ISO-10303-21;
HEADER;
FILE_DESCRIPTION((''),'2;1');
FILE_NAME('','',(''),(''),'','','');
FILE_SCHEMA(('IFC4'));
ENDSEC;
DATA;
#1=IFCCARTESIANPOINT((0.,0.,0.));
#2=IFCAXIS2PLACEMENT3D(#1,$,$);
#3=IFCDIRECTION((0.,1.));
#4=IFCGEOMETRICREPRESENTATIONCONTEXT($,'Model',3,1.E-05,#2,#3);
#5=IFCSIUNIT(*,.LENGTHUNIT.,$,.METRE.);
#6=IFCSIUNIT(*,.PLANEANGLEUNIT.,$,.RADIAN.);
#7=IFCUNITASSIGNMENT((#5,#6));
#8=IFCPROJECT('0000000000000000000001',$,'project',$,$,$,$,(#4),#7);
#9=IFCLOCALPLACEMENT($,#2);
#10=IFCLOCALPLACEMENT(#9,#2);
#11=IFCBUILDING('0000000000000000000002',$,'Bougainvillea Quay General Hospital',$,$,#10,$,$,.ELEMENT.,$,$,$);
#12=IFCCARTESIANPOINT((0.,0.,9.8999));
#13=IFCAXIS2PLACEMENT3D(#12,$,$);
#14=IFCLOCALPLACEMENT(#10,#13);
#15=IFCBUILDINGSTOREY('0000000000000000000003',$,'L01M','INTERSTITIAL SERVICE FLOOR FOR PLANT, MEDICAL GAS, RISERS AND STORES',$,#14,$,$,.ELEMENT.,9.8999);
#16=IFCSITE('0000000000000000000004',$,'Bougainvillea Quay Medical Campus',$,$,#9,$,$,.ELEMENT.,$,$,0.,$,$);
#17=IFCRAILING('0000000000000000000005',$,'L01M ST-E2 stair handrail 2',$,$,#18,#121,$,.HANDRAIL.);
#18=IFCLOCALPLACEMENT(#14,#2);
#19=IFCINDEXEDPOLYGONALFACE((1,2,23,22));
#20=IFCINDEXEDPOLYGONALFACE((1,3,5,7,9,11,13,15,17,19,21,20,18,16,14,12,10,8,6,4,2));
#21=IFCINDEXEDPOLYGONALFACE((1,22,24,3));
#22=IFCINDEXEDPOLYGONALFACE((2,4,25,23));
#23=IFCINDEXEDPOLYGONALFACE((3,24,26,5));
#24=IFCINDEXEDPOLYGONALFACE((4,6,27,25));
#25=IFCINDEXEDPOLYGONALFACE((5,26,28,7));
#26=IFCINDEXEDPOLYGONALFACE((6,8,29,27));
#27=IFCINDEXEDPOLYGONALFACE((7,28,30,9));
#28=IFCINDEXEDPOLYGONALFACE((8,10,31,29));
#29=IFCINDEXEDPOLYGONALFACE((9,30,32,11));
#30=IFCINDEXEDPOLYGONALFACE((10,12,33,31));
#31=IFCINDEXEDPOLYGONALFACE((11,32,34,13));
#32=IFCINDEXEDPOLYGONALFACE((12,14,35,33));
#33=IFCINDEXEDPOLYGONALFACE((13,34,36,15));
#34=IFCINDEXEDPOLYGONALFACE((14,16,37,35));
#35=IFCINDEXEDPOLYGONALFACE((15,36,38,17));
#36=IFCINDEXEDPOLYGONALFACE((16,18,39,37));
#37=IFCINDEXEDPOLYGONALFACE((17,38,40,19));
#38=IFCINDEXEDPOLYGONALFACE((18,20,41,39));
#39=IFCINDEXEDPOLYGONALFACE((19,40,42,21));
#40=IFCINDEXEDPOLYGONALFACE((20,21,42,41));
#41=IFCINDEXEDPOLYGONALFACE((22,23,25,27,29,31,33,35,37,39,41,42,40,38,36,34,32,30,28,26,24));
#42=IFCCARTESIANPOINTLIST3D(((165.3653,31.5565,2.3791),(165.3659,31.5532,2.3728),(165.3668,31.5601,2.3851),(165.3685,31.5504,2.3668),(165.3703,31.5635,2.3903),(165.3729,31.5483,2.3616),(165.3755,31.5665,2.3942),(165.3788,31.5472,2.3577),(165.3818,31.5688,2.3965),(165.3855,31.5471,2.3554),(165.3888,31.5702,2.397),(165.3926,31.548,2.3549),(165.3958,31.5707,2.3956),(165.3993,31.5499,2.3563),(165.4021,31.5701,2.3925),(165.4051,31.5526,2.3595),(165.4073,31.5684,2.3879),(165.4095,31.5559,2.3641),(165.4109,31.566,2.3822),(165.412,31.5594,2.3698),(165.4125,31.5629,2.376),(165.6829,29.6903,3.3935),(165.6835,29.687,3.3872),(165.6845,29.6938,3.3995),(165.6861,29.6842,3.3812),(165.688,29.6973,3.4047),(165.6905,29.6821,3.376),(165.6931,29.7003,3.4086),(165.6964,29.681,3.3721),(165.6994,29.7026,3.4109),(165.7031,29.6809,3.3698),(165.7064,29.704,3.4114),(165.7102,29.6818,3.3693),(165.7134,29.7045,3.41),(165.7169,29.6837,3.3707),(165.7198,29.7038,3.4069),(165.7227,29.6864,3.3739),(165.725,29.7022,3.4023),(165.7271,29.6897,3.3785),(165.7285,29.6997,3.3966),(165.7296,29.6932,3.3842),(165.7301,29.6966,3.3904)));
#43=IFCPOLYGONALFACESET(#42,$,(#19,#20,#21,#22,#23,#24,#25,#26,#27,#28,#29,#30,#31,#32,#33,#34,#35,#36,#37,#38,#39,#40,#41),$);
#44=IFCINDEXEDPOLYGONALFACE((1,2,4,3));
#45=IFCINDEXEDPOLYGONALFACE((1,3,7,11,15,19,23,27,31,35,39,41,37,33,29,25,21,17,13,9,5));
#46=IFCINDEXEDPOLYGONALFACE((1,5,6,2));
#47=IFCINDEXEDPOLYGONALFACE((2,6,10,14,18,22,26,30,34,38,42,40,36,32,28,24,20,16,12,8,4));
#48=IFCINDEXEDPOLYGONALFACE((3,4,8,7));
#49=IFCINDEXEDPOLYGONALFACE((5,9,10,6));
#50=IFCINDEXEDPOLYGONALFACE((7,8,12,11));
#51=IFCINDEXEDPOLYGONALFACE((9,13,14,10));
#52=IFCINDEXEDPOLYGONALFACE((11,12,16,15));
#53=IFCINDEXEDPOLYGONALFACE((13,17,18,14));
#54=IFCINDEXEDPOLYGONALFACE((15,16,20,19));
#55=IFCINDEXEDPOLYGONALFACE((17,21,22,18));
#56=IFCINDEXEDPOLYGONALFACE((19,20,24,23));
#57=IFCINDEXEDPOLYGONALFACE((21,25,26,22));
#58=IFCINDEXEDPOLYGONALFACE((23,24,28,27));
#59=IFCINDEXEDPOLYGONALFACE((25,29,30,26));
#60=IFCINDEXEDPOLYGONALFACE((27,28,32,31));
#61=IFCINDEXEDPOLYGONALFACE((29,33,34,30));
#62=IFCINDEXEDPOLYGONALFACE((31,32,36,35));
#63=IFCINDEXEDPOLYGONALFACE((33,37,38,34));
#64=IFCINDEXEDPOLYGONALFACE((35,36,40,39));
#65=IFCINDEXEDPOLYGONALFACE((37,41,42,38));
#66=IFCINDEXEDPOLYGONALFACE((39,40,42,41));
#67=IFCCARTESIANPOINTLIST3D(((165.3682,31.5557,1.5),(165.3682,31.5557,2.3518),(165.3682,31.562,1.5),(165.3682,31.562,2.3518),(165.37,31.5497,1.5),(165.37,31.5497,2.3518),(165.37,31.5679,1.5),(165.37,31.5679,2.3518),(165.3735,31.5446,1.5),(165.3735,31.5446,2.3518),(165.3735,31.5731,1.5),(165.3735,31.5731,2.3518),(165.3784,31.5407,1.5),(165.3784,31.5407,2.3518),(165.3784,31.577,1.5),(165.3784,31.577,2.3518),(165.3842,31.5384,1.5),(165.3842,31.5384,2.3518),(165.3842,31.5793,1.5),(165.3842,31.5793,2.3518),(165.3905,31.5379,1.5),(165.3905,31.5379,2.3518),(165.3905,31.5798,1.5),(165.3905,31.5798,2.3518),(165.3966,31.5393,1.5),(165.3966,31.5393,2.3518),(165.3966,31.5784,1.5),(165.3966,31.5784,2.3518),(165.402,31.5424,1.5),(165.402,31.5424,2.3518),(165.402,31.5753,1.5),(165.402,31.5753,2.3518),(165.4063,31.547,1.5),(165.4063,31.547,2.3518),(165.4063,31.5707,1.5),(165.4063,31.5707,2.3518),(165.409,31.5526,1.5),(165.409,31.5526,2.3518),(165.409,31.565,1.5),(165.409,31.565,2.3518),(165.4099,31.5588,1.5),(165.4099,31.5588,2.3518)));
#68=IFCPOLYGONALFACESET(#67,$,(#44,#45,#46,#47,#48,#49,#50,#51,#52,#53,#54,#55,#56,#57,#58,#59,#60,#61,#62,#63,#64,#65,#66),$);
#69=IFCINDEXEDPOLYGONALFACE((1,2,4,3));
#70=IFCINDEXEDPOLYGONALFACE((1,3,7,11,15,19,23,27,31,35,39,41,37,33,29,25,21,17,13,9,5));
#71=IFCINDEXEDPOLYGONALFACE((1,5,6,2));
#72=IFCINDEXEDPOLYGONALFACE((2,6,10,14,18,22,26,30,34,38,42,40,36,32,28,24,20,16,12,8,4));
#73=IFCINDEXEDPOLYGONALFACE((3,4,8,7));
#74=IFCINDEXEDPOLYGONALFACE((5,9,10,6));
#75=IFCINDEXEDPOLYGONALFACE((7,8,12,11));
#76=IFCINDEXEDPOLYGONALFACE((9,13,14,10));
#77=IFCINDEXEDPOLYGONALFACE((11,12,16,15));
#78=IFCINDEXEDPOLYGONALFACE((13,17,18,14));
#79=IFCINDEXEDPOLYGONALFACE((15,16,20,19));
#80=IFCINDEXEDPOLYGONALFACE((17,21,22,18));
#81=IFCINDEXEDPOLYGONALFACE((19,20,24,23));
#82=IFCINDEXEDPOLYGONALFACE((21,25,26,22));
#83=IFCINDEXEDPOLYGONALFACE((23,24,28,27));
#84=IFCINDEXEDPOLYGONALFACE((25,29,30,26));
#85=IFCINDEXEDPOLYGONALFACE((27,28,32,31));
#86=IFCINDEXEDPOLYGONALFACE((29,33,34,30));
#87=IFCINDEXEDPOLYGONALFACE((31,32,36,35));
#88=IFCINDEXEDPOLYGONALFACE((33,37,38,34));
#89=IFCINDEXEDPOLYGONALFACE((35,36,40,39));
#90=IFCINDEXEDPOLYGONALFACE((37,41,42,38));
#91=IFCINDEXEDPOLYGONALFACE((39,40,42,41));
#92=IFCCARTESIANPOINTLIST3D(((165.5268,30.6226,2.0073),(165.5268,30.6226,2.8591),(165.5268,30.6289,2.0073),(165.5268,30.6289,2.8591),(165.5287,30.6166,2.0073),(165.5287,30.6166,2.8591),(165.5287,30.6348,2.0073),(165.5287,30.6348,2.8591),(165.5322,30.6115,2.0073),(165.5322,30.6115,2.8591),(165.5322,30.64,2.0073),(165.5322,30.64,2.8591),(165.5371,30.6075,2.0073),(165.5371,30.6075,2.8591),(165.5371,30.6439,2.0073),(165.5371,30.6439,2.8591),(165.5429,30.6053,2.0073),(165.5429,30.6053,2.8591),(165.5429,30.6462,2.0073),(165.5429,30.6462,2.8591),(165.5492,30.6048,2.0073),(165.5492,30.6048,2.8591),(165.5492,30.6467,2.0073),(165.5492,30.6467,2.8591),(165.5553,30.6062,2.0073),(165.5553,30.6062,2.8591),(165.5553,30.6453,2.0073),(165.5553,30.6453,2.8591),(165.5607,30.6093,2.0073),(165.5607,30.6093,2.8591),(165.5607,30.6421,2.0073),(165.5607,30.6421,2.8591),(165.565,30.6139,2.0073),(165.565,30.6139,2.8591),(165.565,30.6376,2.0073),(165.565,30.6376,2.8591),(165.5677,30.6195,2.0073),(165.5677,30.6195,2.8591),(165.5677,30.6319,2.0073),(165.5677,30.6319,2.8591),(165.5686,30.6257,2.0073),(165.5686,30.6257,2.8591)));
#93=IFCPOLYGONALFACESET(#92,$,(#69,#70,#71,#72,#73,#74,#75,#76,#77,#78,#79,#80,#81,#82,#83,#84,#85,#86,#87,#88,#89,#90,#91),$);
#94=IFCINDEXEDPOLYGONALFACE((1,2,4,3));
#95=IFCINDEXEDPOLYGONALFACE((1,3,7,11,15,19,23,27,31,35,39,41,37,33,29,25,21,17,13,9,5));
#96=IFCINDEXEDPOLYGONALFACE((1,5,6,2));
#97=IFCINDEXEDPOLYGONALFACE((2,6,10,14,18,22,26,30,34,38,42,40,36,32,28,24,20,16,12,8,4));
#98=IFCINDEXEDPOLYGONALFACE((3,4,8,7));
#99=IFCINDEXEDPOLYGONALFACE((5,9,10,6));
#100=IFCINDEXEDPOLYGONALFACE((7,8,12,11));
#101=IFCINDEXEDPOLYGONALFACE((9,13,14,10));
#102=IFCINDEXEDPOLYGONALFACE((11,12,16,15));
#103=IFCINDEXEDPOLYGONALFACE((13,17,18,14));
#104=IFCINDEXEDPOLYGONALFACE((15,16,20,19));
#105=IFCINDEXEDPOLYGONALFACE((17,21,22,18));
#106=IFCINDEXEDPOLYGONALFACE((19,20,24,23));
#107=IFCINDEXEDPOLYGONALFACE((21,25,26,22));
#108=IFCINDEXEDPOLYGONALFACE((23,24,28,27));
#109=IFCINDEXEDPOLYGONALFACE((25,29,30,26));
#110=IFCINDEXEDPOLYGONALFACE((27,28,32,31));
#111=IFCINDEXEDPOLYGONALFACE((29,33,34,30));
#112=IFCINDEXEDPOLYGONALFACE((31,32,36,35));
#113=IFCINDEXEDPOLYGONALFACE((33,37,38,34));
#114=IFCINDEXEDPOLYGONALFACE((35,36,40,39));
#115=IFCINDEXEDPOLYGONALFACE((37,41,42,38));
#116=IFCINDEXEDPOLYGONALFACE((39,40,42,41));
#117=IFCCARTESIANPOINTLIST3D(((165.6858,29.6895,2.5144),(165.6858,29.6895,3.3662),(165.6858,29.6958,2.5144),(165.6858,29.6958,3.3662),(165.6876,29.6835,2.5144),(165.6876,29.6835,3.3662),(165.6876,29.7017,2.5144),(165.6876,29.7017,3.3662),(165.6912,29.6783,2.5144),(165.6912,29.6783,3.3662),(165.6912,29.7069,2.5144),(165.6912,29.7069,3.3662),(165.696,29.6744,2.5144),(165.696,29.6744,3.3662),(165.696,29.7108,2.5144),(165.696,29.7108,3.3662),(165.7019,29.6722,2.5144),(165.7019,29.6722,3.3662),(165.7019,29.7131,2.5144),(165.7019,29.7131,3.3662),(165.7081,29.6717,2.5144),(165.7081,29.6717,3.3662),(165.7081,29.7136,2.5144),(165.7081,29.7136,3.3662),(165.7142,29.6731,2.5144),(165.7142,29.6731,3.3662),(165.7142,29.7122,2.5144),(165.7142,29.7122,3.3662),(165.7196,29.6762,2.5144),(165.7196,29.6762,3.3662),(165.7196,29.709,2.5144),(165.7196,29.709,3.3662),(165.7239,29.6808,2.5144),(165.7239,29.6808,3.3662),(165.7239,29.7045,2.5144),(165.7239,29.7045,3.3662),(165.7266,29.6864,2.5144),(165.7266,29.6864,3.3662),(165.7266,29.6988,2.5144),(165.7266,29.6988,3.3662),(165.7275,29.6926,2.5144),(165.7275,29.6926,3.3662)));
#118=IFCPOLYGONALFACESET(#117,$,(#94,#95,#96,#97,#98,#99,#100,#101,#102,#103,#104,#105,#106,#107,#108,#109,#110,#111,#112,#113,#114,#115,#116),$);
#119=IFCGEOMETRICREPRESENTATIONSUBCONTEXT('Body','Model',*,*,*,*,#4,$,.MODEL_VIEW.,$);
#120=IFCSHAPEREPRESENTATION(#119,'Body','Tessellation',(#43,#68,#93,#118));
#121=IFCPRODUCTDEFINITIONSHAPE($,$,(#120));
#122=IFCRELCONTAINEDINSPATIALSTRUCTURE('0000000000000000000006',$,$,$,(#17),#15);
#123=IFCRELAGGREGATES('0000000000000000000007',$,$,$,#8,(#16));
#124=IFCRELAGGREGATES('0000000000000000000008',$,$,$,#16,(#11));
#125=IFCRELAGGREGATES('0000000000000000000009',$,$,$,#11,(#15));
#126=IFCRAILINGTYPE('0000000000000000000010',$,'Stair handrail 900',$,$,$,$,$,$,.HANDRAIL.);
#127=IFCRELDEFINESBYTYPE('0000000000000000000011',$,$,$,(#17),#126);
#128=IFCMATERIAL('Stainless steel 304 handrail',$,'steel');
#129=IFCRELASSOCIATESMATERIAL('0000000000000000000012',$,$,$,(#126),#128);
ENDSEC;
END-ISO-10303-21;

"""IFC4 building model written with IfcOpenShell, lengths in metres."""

from ifc_helpers import new_model, si_unit, direction, frame, origin, origin_2d, place, context, subcontext, project, spatial, circle, extrude, material, type_object, element, save


model = new_model("IFC4")

# Units and contexts
model_context = context("Model", 3, precision=1e-05, world=origin(), true_north=direction((0.0, 1.0)))
body_context = subcontext(model_context, "Body", "Model", "MODEL_VIEW")
ifc_project = project(units=[si_unit("LENGTHUNIT", "METRE"), si_unit("PLANEANGLEUNIT", "RADIAN")], contexts=[model_context])

# Site, building, storey
site_placement = place(None, origin())
site = spatial("IfcSite", under=ifc_project, at=site_placement, Name="Bougainvillea Quay Medical Campus", CompositionType="ELEMENT", RefElevation=0.0)
building_placement = place(site_placement, origin())
building = spatial("IfcBuilding", under=site, at=building_placement, Name="Bougainvillea Quay General Hospital", CompositionType="ELEMENT")
storey_placement = place(building_placement, frame((0.0, 0.0, 9.8999)))
storey = spatial("IfcBuildingStorey", under=building, at=storey_placement, Name="L01M", Description="INTERSTITIAL SERVICE FLOOR FOR PLANT, MEDICAL GAS, RISERS AND STORES", CompositionType="ELEMENT", Elevation=9.8999)

# Railing
ifc_material_1 = material(Name="Stainless steel 304 handrail", Category="steel")
railing_type_1 = type_object("IfcRailingType", Name="Stair handrail 900", PredefinedType="HANDRAIL", material=ifc_material_1)
railing_1_placement = place(storey_placement, frame((165.3889, 31.5588, 1.5)))
element("IfcRailing", 1, at=railing_1_placement, inside=storey, type_object=railing_type_1, Name="L01M ST-E2 stair handrail 2", PredefinedType="HANDRAIL", context=body_context, shape_type="SweptSolid", body=[
    extrude(circle(Radius=0.0239, at=origin_2d()), frame((0.0, 0.0, 0.876), z_axis=(0.147891, -0.868932, 0.47232), x_axis=(0.985823, 0.167786, 0.0)), (0.0, 0.0, 1.0), 2.1477),
    extrude(circle(Radius=0.021, at=origin_2d()), origin(), (0.0, 0.0, 1.0), 0.8518),
    extrude(circle(Radius=0.021, at=origin_2d()), frame((0.1587, -0.9331, 0.5073)), (0.0, 0.0, 1.0), 0.8518),
    extrude(circle(Radius=0.021, at=origin_2d()), frame((0.3176, -1.8662, 1.0144)), (0.0, 0.0, 1.0), 0.8518),
])

save(model, "model.ifc")
